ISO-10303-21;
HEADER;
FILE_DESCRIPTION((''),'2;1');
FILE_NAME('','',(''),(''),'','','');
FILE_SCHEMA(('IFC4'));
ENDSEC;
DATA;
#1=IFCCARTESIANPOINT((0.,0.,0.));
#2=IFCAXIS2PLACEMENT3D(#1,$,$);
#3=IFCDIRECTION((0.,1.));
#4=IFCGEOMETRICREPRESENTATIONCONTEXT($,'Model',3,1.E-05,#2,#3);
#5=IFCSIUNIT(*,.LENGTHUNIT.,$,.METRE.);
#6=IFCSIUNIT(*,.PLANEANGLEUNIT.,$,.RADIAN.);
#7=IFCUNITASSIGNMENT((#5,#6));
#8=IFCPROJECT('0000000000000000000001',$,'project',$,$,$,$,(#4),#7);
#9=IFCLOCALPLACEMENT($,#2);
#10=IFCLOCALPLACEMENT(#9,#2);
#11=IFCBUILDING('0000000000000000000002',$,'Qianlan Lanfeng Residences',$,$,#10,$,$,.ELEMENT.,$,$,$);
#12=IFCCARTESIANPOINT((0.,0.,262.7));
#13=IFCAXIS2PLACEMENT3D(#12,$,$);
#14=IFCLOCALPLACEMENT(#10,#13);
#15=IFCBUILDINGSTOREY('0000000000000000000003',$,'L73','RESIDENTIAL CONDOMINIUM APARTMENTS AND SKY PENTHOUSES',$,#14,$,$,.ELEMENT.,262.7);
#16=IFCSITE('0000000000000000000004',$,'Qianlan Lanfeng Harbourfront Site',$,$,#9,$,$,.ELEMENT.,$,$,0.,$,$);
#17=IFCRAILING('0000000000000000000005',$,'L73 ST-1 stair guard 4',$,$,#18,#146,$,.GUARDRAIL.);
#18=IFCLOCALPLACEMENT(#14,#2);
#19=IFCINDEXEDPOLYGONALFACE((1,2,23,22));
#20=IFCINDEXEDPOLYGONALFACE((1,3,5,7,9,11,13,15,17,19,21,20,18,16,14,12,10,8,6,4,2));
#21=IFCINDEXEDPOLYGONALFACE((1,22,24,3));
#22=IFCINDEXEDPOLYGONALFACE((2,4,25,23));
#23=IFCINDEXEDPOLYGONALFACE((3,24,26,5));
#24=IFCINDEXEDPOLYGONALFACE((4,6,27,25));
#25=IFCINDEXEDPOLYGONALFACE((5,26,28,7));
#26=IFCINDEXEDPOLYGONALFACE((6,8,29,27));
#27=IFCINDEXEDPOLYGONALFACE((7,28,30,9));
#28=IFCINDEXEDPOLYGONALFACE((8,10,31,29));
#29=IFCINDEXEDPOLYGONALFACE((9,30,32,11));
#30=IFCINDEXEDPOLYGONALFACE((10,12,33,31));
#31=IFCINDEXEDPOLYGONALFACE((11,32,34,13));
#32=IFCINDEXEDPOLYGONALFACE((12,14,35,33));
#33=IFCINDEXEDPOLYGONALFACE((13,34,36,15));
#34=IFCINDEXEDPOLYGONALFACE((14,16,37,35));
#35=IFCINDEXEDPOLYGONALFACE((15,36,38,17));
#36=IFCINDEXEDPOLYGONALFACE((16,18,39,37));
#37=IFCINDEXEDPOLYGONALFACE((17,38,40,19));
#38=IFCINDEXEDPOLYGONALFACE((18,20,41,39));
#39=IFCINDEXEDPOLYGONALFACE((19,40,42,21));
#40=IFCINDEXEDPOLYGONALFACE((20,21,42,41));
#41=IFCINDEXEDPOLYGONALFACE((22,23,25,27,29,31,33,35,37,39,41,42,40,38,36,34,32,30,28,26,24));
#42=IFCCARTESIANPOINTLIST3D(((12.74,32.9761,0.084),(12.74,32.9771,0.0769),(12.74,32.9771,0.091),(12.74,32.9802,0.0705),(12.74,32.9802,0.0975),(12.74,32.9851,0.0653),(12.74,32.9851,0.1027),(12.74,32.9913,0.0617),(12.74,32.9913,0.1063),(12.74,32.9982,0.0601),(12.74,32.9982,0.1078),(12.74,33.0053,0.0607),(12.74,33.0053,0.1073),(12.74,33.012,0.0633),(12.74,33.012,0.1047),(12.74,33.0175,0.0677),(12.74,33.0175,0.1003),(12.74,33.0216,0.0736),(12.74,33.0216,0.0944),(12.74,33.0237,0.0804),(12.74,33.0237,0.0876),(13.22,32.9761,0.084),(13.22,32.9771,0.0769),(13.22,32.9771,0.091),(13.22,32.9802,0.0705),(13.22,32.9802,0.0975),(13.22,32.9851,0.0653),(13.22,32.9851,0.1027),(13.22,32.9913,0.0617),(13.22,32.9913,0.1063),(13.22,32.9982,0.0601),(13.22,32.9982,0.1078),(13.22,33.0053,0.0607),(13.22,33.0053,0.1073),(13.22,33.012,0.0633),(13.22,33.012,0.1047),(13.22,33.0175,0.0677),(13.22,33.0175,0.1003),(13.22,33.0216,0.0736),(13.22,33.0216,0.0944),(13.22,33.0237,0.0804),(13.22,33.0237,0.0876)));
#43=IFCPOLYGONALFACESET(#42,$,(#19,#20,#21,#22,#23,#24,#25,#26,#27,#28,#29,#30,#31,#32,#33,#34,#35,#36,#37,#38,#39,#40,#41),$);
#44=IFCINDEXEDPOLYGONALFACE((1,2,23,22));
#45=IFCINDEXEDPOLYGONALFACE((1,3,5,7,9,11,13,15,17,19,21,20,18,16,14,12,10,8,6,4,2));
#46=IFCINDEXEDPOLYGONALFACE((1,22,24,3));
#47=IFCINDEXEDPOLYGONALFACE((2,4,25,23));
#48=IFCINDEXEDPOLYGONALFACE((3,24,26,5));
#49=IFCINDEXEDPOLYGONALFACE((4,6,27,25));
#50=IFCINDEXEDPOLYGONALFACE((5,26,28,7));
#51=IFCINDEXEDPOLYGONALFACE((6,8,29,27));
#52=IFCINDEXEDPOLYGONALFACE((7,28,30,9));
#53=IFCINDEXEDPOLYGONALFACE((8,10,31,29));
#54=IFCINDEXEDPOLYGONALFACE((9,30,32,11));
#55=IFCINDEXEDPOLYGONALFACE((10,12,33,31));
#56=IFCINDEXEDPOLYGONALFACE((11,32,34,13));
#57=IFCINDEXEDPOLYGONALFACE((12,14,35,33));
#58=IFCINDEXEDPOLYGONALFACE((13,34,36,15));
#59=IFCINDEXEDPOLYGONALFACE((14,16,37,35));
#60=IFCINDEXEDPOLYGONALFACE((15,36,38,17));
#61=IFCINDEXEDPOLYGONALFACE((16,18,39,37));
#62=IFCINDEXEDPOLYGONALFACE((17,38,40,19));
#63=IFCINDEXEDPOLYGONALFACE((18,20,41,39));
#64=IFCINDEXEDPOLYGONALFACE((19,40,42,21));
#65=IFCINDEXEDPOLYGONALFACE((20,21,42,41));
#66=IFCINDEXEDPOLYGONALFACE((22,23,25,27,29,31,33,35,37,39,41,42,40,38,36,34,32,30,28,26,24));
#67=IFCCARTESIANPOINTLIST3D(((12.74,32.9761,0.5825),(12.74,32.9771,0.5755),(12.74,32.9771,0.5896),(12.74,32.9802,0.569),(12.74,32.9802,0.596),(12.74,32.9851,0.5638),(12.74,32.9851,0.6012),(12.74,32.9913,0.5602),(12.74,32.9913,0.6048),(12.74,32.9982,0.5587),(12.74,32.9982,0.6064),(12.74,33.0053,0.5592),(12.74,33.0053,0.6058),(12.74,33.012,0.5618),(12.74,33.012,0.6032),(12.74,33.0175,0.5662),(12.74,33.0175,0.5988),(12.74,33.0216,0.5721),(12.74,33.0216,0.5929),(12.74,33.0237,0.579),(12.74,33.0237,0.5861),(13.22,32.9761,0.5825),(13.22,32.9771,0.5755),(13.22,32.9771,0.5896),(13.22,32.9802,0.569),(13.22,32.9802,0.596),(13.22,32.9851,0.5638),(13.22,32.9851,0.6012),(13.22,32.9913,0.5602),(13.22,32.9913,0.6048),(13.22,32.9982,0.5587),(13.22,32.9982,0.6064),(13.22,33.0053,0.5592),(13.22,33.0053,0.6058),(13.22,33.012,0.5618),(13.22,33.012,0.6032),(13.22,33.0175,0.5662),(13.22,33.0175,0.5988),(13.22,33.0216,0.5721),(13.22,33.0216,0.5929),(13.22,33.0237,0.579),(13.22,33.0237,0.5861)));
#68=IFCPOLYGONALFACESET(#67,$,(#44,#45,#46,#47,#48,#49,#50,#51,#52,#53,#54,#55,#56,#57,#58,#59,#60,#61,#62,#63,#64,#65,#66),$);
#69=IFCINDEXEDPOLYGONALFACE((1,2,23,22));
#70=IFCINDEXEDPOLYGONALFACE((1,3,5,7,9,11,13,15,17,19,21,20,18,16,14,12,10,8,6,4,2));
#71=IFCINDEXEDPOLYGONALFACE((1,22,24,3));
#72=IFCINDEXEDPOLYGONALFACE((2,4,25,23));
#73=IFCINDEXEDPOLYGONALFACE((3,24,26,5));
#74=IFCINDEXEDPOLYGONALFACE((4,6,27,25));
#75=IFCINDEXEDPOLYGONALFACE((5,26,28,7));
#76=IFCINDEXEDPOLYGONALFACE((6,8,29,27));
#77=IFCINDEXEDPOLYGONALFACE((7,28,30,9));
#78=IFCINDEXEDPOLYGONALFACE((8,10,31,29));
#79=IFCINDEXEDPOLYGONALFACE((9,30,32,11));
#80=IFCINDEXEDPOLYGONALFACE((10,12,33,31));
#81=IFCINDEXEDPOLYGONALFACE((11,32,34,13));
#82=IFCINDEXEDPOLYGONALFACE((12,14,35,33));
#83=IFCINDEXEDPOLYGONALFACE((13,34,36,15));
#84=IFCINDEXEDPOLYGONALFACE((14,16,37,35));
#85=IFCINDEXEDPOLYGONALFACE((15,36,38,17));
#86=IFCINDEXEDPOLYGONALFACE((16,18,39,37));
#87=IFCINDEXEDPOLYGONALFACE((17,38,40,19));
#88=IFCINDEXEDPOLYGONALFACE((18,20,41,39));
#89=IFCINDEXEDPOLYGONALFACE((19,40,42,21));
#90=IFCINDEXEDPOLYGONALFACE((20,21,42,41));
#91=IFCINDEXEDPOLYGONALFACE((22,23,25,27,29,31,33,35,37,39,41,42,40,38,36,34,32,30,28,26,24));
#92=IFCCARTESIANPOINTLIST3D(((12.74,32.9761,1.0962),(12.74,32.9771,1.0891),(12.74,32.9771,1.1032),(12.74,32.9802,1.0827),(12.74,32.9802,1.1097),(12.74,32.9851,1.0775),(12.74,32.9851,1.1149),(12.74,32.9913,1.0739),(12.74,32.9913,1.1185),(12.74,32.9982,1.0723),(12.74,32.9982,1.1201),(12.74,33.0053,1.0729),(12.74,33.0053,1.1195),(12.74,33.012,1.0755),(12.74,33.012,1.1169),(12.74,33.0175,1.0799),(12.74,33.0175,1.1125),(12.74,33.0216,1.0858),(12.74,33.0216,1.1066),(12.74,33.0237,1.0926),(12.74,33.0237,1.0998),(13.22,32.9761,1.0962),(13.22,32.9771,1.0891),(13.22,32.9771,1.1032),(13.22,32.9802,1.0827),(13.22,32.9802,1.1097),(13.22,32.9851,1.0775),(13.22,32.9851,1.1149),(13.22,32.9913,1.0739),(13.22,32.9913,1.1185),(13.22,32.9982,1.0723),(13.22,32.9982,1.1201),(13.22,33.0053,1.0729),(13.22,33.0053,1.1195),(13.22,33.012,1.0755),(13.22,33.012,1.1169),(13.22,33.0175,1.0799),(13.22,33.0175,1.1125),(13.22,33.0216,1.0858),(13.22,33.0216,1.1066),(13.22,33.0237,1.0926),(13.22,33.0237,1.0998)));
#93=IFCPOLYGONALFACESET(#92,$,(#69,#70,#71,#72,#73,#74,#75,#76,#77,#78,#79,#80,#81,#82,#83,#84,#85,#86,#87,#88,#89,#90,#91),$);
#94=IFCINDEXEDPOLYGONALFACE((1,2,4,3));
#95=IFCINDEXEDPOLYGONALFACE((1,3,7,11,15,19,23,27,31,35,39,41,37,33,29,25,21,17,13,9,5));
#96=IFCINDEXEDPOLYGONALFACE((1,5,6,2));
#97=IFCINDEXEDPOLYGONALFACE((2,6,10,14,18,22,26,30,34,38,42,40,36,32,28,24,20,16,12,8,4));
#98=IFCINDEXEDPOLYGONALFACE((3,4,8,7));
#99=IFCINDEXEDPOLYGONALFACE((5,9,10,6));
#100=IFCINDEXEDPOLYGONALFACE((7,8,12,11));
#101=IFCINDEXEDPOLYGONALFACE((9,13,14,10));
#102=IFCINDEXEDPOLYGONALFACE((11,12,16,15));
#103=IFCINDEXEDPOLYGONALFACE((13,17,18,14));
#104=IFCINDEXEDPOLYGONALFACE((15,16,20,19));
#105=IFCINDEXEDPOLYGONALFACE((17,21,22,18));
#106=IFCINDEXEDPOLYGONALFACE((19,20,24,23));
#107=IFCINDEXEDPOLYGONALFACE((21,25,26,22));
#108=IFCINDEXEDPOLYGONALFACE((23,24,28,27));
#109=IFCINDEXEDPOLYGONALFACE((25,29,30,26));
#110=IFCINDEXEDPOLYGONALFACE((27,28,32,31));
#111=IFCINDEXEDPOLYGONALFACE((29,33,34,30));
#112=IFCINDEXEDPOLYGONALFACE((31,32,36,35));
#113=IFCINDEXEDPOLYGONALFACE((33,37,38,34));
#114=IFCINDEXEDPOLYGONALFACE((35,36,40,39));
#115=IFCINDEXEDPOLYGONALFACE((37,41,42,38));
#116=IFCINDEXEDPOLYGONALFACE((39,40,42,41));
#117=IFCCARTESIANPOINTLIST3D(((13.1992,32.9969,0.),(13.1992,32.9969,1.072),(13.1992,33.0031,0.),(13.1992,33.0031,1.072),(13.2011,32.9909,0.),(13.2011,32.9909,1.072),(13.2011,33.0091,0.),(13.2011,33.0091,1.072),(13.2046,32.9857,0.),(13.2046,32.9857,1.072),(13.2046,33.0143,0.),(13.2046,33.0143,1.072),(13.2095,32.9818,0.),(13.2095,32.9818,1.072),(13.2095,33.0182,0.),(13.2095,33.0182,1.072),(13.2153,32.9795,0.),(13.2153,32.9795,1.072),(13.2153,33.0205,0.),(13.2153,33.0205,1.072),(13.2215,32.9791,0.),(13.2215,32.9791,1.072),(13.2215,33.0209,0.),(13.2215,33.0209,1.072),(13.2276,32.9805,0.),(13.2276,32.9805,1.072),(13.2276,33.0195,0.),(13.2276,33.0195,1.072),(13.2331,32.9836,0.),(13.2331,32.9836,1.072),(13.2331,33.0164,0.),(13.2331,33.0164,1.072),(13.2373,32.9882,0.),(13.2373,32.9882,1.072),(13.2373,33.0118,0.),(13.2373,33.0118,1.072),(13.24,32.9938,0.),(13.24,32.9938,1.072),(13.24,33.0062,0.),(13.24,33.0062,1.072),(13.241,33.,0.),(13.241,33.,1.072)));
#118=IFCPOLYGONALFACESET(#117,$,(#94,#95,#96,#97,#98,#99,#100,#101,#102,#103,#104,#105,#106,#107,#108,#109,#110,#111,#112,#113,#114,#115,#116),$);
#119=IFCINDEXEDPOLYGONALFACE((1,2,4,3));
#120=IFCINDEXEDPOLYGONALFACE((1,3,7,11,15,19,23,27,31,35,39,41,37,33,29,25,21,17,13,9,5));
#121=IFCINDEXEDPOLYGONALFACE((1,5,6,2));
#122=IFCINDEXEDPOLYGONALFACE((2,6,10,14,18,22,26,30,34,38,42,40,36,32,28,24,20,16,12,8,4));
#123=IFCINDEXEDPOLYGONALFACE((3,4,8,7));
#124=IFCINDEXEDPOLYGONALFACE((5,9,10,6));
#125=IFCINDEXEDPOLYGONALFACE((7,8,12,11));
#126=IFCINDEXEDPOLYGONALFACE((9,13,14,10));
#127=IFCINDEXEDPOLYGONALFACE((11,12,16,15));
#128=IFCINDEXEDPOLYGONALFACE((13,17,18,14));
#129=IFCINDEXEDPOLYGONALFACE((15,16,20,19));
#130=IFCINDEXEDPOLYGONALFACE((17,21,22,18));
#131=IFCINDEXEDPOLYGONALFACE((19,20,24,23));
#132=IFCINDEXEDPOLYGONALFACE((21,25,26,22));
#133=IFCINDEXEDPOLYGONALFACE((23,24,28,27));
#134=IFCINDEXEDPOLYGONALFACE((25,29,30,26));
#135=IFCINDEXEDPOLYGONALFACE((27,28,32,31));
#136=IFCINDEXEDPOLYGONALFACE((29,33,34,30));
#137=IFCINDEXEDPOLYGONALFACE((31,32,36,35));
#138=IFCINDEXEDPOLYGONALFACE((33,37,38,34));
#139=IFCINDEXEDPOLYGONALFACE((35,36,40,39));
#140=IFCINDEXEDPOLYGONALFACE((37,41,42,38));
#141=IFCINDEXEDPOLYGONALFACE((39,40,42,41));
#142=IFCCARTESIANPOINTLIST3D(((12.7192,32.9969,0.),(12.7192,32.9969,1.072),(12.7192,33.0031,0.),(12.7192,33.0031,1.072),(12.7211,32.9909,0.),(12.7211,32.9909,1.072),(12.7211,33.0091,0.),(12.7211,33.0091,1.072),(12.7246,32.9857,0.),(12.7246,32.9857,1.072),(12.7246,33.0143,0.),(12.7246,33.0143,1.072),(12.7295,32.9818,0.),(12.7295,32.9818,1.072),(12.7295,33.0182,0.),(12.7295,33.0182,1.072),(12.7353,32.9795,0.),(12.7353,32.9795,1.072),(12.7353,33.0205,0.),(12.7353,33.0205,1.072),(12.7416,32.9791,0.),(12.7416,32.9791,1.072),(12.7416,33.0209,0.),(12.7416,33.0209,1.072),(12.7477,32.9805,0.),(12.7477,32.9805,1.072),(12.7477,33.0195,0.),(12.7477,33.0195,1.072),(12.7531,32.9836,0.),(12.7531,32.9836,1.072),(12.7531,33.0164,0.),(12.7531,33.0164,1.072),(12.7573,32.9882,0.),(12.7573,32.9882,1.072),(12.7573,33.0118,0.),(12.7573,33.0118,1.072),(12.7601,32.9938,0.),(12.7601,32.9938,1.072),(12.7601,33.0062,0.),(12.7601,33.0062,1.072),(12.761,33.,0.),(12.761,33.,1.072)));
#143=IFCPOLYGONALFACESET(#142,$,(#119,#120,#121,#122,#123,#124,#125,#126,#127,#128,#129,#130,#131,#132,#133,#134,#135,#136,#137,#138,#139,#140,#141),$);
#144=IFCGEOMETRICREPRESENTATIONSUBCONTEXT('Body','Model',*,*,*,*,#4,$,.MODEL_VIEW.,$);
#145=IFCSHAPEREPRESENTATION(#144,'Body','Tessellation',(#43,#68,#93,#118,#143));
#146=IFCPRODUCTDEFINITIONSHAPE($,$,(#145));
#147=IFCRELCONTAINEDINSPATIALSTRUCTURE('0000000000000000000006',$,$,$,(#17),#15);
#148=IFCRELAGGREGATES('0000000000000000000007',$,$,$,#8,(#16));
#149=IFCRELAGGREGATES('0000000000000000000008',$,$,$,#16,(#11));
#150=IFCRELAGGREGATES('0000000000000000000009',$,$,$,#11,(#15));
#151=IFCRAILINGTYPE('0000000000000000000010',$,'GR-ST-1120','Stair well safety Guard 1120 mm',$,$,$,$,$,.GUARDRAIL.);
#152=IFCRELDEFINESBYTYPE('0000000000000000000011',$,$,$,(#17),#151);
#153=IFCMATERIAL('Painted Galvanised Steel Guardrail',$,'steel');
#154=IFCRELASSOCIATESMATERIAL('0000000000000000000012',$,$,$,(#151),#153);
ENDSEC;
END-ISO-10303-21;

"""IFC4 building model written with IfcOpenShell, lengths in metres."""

from ifc_helpers import new_model, si_unit, direction, frame, origin, origin_2d, place, context, subcontext, project, spatial, circle, extrude, material, type_object, element, save


model = new_model("IFC4")

# Units and contexts
model_context = context("Model", 3, precision=1e-05, world=origin(), true_north=direction((0.0, 1.0)))
body_context = subcontext(model_context, "Body", "Model", "MODEL_VIEW")
ifc_project = project(units=[si_unit("LENGTHUNIT", "METRE"), si_unit("PLANEANGLEUNIT", "RADIAN")], contexts=[model_context])

# Site, building, storey
site_placement = place(None, origin())
site = spatial("IfcSite", under=ifc_project, at=site_placement, Name="Qianlan Lanfeng Harbourfront Site", CompositionType="ELEMENT", RefElevation=0.0)
building_placement = place(site_placement, origin())
building = spatial("IfcBuilding", under=site, at=building_placement, Name="Qianlan Lanfeng Residences", CompositionType="ELEMENT")
storey_placement = place(building_placement, frame((0.0, 0.0, 262.7)))
storey = spatial("IfcBuildingStorey", under=building, at=storey_placement, Name="L73", Description="RESIDENTIAL CONDOMINIUM APARTMENTS AND SKY PENTHOUSES", CompositionType="ELEMENT", Elevation=262.7)

# Railing
ifc_material_1 = material(Name="Painted Galvanised Steel Guardrail", Category="steel")
railing_type_1 = type_object("IfcRailingType", Name="GR-ST-1120", Description="Stair well safety Guard 1120 mm", PredefinedType="GUARDRAIL", material=ifc_material_1)
railing_1_placement = place(storey_placement, frame((13.22, 33.0, 0.0)))
element("IfcRailing", 1, at=railing_1_placement, inside=storey, type_object=railing_type_1, Name="L73 ST-1 stair guard 4", PredefinedType="GUARDRAIL", context=body_context, shape_type="SweptSolid", body=[
    extrude(circle(Radius=0.0239, at=origin_2d()), frame((0.0, 0.0, 0.084), z_axis=(-1.0, 0.0, 0.0), x_axis=(0.0, -1.0, 0.0)), (0.0, 0.0, 1.0), 0.48),
    extrude(circle(Radius=0.0239, at=origin_2d()), frame((0.0, 0.0, 0.5825), z_axis=(-1.0, 0.0, 0.0), x_axis=(0.0, -1.0, 0.0)), (0.0, 0.0, 1.0), 0.48),
    extrude(circle(Radius=0.0239, at=origin_2d()), frame((0.0, 0.0, 1.0962), z_axis=(-1.0, 0.0, 0.0), x_axis=(0.0, -1.0, 0.0)), (0.0, 0.0, 1.0), 0.48),
    extrude(circle(Radius=0.021, at=origin_2d()), origin(), (0.0, 0.0, 1.0), 1.072),
    extrude(circle(Radius=0.021, at=origin_2d()), frame((-0.48, 0.0, 0.0)), (0.0, 0.0, 1.0), 1.072),
])

save(model, "model.ifc")
